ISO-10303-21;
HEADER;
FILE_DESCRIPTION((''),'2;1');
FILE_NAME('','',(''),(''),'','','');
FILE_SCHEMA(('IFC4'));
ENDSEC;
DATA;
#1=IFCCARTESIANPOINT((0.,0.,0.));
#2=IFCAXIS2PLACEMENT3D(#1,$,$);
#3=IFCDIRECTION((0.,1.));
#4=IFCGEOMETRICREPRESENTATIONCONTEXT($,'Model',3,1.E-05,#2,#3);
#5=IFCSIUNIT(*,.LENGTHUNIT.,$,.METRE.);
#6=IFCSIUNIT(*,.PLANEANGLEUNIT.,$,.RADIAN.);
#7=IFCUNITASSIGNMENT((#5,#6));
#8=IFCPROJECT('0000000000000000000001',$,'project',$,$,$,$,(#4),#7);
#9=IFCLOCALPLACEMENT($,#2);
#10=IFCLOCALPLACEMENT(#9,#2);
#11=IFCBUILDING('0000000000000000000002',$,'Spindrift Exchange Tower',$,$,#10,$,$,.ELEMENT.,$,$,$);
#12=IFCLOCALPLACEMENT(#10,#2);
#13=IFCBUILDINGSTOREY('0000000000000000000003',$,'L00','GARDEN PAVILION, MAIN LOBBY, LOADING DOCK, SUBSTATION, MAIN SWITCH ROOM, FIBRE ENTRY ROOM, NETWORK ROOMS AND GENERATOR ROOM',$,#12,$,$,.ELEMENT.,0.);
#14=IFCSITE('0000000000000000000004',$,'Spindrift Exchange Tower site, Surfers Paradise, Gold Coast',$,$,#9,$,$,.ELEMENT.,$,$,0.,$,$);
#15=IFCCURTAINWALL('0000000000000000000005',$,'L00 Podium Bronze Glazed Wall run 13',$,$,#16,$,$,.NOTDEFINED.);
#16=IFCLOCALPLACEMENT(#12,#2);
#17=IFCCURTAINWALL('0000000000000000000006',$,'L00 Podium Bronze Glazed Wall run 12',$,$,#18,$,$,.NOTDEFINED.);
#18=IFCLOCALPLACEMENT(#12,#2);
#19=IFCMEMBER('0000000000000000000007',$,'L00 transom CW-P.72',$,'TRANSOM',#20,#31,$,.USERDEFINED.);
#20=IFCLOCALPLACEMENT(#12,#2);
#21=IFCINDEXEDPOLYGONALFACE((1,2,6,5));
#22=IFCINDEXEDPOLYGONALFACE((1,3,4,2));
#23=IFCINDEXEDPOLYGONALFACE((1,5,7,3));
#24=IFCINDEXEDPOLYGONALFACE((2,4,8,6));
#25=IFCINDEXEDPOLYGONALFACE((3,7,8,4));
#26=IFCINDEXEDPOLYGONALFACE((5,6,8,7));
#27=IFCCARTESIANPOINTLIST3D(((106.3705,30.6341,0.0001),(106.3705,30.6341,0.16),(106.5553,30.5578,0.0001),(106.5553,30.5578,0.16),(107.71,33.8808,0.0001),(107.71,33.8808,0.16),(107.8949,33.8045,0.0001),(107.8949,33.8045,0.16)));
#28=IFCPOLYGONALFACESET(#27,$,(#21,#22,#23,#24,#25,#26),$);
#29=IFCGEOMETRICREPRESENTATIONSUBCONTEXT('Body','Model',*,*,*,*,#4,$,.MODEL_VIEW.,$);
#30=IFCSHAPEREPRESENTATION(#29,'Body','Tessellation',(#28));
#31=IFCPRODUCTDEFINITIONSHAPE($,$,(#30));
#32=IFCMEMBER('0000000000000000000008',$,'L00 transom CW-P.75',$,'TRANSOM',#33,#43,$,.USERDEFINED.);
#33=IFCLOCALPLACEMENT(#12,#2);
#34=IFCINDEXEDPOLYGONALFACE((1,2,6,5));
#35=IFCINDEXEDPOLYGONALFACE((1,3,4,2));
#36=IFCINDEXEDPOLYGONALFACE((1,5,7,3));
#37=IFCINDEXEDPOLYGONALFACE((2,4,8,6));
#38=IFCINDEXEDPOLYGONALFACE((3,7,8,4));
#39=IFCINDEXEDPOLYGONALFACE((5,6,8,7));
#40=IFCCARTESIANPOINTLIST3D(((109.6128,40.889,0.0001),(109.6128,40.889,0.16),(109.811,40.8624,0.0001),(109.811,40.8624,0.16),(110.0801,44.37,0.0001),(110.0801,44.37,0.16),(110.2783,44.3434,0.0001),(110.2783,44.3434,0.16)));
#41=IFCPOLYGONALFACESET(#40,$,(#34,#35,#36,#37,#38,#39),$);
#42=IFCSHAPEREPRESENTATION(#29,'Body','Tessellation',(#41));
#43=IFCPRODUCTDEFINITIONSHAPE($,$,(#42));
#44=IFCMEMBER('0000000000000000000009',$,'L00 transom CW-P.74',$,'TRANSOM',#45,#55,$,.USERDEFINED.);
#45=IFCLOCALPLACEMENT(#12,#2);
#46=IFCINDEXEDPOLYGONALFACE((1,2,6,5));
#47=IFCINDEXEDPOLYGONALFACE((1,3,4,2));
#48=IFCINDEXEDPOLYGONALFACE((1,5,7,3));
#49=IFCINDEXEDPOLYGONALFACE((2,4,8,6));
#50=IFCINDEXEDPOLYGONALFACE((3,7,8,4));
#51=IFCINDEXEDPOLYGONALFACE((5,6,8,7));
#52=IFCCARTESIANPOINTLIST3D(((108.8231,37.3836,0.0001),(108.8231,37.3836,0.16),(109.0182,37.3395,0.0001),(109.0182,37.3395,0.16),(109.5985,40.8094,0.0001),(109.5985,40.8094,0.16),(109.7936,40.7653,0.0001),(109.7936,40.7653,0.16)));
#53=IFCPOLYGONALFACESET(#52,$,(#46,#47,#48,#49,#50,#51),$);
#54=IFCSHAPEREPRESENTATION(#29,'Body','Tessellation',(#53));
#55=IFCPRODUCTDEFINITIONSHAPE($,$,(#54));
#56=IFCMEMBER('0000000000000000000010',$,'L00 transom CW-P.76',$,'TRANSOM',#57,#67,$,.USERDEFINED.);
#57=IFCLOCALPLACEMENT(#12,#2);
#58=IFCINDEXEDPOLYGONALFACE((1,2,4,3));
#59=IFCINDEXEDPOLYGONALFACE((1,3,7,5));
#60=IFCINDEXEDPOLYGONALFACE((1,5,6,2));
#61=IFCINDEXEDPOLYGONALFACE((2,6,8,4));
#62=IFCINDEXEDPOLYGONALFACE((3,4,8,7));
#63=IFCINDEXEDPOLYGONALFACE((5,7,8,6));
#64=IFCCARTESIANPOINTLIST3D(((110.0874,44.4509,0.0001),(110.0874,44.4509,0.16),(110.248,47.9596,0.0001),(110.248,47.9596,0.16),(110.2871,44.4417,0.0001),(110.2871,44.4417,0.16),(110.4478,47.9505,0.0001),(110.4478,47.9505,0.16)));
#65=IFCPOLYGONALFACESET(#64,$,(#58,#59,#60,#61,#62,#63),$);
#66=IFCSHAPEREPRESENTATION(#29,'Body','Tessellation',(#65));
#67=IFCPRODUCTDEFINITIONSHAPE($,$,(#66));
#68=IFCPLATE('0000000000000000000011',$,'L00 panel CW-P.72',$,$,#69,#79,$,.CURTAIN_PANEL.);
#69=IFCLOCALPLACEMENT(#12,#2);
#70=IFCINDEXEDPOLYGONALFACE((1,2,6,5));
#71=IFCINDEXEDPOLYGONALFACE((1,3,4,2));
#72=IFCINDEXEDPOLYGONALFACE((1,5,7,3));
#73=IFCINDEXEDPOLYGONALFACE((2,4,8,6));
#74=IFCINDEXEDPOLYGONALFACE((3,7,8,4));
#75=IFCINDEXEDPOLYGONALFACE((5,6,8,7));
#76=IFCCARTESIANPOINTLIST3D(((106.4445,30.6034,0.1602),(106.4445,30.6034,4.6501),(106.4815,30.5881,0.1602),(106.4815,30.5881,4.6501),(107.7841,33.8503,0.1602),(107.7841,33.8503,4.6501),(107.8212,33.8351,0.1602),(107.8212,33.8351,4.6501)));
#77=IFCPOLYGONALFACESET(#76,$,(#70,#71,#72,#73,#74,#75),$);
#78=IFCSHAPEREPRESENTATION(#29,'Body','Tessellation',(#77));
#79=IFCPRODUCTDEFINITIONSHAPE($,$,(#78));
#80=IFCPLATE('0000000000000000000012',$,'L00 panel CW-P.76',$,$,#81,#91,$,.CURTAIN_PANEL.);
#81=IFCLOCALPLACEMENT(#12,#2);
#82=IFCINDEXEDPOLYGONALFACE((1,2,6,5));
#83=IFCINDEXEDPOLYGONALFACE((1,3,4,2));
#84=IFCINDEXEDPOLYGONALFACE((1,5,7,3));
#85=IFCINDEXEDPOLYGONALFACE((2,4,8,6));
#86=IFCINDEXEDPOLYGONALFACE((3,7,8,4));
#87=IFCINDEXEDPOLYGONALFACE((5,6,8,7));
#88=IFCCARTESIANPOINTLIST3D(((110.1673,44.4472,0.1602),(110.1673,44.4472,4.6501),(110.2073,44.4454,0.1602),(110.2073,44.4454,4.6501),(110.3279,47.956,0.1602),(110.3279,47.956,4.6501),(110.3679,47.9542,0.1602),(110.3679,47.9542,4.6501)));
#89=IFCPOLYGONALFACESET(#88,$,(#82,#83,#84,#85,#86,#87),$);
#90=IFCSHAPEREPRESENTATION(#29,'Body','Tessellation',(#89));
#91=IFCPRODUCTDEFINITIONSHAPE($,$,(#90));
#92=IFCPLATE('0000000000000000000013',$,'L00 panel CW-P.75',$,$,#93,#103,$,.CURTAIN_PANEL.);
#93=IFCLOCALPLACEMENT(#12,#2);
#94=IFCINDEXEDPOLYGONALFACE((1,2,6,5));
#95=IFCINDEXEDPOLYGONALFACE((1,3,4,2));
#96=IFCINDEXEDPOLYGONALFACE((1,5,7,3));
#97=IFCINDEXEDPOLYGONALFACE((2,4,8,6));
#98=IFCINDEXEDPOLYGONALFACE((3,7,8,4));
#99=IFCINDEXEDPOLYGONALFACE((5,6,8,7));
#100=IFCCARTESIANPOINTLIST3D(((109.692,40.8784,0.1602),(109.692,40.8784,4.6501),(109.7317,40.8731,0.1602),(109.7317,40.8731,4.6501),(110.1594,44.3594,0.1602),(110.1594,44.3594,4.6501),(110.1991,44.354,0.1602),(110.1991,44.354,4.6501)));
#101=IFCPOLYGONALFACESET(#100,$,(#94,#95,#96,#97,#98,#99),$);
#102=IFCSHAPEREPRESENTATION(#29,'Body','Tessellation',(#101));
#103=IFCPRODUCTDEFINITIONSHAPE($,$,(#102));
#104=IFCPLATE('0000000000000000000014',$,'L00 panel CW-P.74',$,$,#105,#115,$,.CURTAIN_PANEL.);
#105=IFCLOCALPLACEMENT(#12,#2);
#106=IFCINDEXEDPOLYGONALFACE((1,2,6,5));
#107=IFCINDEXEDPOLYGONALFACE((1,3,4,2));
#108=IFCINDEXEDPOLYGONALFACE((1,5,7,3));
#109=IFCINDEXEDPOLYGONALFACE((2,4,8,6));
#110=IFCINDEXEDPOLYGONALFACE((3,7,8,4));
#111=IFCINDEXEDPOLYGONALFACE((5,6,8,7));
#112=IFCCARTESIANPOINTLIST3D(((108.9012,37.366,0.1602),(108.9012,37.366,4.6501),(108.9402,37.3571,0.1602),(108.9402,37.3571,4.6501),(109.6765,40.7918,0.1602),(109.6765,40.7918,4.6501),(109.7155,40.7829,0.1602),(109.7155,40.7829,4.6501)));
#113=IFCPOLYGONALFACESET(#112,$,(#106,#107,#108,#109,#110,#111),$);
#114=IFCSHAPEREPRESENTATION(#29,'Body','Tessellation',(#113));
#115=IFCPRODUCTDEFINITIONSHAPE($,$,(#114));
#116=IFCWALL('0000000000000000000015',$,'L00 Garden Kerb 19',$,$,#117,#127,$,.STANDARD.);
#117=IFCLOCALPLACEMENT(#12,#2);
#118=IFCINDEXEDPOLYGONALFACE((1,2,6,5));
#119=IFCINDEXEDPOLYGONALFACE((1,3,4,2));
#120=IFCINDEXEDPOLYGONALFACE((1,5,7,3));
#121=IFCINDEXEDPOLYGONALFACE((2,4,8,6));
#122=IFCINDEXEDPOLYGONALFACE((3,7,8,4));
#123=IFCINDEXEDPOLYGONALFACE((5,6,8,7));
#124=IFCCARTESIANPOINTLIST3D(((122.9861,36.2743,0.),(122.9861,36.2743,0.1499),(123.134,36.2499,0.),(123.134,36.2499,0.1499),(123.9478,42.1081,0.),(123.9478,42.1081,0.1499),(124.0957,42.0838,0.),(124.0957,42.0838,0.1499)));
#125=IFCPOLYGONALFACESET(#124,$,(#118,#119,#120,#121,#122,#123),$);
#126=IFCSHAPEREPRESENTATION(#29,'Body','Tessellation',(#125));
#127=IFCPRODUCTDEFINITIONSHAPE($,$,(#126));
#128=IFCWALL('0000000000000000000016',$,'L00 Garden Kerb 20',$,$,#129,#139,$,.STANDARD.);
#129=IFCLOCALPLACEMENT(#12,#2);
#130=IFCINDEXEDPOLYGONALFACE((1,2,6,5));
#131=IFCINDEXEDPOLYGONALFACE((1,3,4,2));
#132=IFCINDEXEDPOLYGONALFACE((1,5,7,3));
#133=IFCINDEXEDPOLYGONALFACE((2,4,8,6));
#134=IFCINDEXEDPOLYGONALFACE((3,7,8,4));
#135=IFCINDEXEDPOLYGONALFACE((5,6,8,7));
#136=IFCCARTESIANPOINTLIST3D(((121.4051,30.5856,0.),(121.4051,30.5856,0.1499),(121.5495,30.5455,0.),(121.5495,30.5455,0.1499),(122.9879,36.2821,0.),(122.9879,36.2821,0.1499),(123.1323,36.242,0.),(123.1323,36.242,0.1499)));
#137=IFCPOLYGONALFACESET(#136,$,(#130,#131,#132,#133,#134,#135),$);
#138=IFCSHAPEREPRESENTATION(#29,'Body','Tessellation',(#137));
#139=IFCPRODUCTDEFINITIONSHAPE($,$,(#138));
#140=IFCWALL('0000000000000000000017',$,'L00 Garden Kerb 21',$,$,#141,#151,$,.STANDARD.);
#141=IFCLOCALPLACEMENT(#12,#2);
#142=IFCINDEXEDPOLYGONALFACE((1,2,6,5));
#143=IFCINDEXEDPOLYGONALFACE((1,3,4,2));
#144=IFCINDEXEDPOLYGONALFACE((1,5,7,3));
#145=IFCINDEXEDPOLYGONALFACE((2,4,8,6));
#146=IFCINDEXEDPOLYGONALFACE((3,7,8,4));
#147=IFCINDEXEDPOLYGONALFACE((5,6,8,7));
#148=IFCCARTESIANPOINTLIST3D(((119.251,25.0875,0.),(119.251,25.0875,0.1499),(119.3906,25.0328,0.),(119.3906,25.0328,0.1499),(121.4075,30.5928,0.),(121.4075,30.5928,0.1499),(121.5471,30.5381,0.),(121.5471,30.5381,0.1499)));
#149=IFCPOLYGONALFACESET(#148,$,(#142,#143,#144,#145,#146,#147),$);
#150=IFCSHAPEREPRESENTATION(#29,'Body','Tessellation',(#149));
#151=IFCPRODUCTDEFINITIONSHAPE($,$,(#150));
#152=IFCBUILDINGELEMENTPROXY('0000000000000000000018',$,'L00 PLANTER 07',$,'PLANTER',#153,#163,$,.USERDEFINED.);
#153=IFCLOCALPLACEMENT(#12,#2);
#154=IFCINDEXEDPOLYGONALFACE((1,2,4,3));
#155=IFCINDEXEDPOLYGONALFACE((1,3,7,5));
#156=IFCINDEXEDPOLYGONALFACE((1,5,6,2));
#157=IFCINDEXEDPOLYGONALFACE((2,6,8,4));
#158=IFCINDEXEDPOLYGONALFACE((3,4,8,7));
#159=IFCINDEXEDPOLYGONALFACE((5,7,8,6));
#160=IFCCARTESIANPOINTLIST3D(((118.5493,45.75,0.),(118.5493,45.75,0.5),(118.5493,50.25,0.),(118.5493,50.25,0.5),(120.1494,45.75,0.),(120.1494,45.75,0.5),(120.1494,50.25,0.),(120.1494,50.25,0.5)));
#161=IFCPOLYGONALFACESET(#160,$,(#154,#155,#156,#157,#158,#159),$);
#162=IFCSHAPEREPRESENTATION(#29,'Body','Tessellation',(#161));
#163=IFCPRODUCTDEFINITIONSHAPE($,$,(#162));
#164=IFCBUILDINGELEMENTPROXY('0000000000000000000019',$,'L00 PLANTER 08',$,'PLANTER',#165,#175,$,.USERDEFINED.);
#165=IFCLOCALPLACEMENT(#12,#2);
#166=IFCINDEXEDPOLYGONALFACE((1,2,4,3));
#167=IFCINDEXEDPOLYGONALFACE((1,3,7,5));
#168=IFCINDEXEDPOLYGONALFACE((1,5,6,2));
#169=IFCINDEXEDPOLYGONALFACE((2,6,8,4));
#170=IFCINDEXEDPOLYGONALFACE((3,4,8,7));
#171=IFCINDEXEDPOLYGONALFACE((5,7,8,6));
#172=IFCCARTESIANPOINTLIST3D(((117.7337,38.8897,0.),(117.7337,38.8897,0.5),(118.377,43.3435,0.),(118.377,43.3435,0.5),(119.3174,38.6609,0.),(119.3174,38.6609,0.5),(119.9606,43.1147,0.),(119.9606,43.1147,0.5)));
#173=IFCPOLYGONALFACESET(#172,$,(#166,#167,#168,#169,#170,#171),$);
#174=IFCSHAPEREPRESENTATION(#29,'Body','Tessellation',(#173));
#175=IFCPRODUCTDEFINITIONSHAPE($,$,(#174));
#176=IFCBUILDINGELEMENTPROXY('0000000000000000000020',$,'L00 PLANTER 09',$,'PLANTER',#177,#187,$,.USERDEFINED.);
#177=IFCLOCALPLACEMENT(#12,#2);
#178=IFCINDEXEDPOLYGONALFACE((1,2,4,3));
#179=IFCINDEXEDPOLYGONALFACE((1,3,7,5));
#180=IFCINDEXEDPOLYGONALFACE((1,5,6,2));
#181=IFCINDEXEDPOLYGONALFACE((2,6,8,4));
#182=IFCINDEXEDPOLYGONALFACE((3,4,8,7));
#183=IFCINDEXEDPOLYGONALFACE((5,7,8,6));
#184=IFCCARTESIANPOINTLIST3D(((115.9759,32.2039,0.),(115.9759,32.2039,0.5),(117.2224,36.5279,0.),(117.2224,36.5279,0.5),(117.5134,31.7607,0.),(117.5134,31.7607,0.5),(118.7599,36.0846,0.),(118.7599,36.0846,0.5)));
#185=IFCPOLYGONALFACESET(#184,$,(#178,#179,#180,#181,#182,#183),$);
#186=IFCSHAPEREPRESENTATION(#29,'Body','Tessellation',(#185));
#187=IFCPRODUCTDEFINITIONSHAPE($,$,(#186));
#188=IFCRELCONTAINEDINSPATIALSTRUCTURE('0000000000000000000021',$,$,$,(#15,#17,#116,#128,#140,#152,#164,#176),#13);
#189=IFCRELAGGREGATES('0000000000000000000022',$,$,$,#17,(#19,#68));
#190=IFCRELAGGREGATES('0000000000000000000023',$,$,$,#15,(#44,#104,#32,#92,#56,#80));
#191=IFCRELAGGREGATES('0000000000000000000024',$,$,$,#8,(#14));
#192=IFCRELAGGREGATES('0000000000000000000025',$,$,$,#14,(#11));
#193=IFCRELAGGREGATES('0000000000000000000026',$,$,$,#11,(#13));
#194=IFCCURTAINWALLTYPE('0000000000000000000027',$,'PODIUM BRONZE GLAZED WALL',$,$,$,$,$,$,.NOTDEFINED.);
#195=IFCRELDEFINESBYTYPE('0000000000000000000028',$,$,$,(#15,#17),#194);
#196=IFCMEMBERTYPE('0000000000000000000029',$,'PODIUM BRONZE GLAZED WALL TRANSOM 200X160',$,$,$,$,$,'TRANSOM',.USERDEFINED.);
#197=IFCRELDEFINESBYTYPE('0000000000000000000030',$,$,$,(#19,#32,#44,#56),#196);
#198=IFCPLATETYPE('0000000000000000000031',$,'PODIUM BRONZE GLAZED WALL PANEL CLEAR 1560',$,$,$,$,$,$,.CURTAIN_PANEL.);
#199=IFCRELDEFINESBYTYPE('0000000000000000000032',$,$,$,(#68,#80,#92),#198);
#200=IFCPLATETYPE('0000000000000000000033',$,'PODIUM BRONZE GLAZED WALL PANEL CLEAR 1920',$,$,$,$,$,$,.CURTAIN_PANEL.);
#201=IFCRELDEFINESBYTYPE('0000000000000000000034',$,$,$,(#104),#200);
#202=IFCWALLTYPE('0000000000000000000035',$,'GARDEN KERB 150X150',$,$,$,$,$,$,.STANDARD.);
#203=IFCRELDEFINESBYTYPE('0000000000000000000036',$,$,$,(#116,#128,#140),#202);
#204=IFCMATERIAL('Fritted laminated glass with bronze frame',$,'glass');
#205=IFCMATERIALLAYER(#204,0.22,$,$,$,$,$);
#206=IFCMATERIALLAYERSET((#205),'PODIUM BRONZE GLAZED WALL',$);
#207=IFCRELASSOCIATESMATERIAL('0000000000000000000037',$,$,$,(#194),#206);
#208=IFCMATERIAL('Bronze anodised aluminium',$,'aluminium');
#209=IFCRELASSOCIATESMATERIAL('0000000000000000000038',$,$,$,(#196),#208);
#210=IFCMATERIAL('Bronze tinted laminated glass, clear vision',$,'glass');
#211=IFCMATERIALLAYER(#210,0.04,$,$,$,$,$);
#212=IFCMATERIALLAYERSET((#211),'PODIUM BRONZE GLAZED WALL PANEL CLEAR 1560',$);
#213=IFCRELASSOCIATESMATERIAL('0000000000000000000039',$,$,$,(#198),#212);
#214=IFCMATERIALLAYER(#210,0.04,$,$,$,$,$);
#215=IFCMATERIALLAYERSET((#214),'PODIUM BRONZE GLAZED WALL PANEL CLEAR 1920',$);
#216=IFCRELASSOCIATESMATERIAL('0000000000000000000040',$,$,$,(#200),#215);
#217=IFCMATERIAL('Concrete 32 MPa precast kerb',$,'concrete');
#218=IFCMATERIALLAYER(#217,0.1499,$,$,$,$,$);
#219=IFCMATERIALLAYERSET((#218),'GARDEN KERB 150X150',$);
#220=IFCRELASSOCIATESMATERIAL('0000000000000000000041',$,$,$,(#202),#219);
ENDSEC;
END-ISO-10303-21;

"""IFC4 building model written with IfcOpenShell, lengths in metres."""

from ifc_helpers import new_model, si_unit, direction, frame, frame_2d, origin, origin_2d, place, context, subcontext, project, spatial, rectangle, extrude, source, transform, mapped, material, layer, layer_set, material_profile, profile_set, type_object, element, aggregate, save


model = new_model("IFC4")

# Units and contexts
model_context = context("Model", 3, precision=1e-05, world=origin(), true_north=direction((0.0, 1.0)))
body_context = subcontext(model_context, "Body", "Model", "MODEL_VIEW")
ifc_project = project(units=[si_unit("LENGTHUNIT", "METRE"), si_unit("PLANEANGLEUNIT", "RADIAN")], contexts=[model_context])

# Site, building, storey
site_placement = place(None, origin())
site = spatial("IfcSite", under=ifc_project, at=site_placement, Name="Spindrift Exchange Tower site, Surfers Paradise, Gold Coast", CompositionType="ELEMENT", RefElevation=0.0)
building_placement = place(site_placement, origin())
building = spatial("IfcBuilding", under=site, at=building_placement, Name="Spindrift Exchange Tower", CompositionType="ELEMENT")
storey_placement = place(building_placement, origin())
storey = spatial("IfcBuildingStorey", under=building, at=storey_placement, Name="L00", Description="GARDEN PAVILION, MAIN LOBBY, LOADING DOCK, SUBSTATION, MAIN SWITCH ROOM, FIBRE ENTRY ROOM, NETWORK ROOMS AND GENERATOR ROOM", CompositionType="ELEMENT", Elevation=0.0)

# Shared definitions
ifc_material_1 = material(Name="Fritted laminated glass with bronze frame", Category="glass")
ifc_layer_1 = layer(ifc_material_1, 0.22)
ifc_layer_set_1 = layer_set([ifc_layer_1], Name="PODIUM BRONZE GLAZED WALL")
curtain_wall_type = type_object("IfcCurtainWallType", Name="PODIUM BRONZE GLAZED WALL", PredefinedType="NOTDEFINED", material=ifc_layer_set_1)
ifc_material_2 = material(Name="Bronze anodised aluminium", Category="aluminium")

# Curtain wall
curtain_wall_1_placement = place(storey_placement, origin())
curtain_wall_1 = element("IfcCurtainWall", 1, at=curtain_wall_1_placement, inside=storey, type_object=curtain_wall_type, Name="L00 Podium Bronze Glazed Wall run 13", PredefinedType="NOTDEFINED")

# Curtain wall, member
curtain_wall_2_placement = place(storey_placement, origin())
curtain_wall_2 = element("IfcCurtainWall", 2, at=curtain_wall_2_placement, inside=storey, type_object=curtain_wall_type, Name="L00 Podium Bronze Glazed Wall run 12", PredefinedType="NOTDEFINED")
ifc_material_profile_1 = material_profile(ifc_material_2, rectangle(XDim=0.2, YDim=0.1599, at=origin_2d()), Name="PODIUM BRONZE GLAZED WALL TRANSOM 200X160")
ifc_profile_set_1 = profile_set([ifc_material_profile_1], Name="Bronze anodised aluminium")
member_type_1 = type_object("IfcMemberType", Name="PODIUM BRONZE GLAZED WALL TRANSOM 200X160", ElementType="TRANSOM", PredefinedType="USERDEFINED", material=ifc_profile_set_1)
shared_shape_1 = source(origin(), body_context, "Body", "SweptSolid", [
    extrude(rectangle(XDim=0.2, YDim=0.1599, at=origin_2d()), origin(), (0.0, 0.0, 1.0), 3.5122),
])
member_1_placement = place(storey_placement, frame((106.4629, 30.5959, 0.0801), z_axis=(0.3814, 0.92441, 0.0), x_axis=(-0.92441, 0.3814, 0.0)))
member_1 = element("IfcMember", 3, at=member_1_placement, type_object=member_type_1, Name="L00 transom CW-P.72", ObjectType="TRANSOM", PredefinedType="USERDEFINED", context=body_context, shape_type="MappedRepresentation", body=[
    mapped(shared_shape_1, transform((0.0, 0.0, 0.0), scale=1.0)),
])

# Members
member_2_placement = place(storey_placement, frame((109.7119, 40.8757, 0.0801), z_axis=(0.133047, 0.99111, 0.0), x_axis=(-0.99111, 0.133047, 0.0)))
member_2 = element("IfcMember", 4, at=member_2_placement, type_object=member_type_1, Name="L00 transom CW-P.75", ObjectType="TRANSOM", PredefinedType="USERDEFINED", context=body_context, shape_type="MappedRepresentation", body=[
    mapped(shared_shape_1, transform((0.0, 0.0, 0.0), scale=1.0)),
])
shared_shape_2 = source(origin(), body_context, "Body", "SweptSolid", [
    extrude(rectangle(XDim=0.2, YDim=0.1599, at=origin_2d()), origin(), (0.0, 0.0, 1.0), 3.5125),
])
member_3_placement = place(storey_placement, frame((108.9207, 37.3616, 0.0801), z_axis=(0.220756, 0.975329, 0.0), x_axis=(-0.975329, 0.220756, 0.0)))
member_3 = element("IfcMember", 5, at=member_3_placement, type_object=member_type_1, Name="L00 transom CW-P.74", ObjectType="TRANSOM", PredefinedType="USERDEFINED", context=body_context, shape_type="MappedRepresentation", body=[
    mapped(shared_shape_2, transform((0.0, 0.0, 0.0), scale=1.0)),
])
member_4_placement = place(storey_placement, frame((110.1873, 44.4463, 0.0801), z_axis=(0.045736, 0.998954, 0.0), x_axis=(-0.998954, 0.045736, 0.0)))
member_4 = element("IfcMember", 6, at=member_4_placement, type_object=member_type_1, Name="L00 transom CW-P.76", ObjectType="TRANSOM", PredefinedType="USERDEFINED", context=body_context, shape_type="MappedRepresentation", body=[
    mapped(shared_shape_2, transform((0.0, 0.0, 0.0), scale=1.0)),
])

# Plates
ifc_material_3 = material(Name="Bronze tinted laminated glass, clear vision", Category="glass")
ifc_layer_2 = layer(ifc_material_3, 0.04)
ifc_layer_set_2 = layer_set([ifc_layer_2], Name="PODIUM BRONZE GLAZED WALL PANEL CLEAR 1560")
plate_type_1 = type_object("IfcPlateType", Name="PODIUM BRONZE GLAZED WALL PANEL CLEAR 1560", PredefinedType="CURTAIN_PANEL", material=ifc_layer_set_2)
shared_shape_3 = source(origin(), body_context, "Body", "SweptSolid", [
    extrude(rectangle(XDim=3.5125, YDim=0.04, at=origin_2d()), origin(), (0.0, 0.0, 1.0), 4.49),
])
plate_1_placement = place(storey_placement, frame((107.1328, 32.2192, 0.1602), z_axis=(0.0, 0.0, 1.0), x_axis=(0.381411, 0.924406, 0.0)))
plate_1 = element("IfcPlate", 7, at=plate_1_placement, type_object=plate_type_1, Name="L00 panel CW-P.72", PredefinedType="CURTAIN_PANEL", context=body_context, shape_type="MappedRepresentation", body=[
    mapped(shared_shape_3, transform((0.0, 0.0, 0.0), scale=1.0)),
])
aggregate(curtain_wall_2, [member_1, plate_1])
plate_2_placement = place(storey_placement, frame((110.2676, 46.2007, 0.1602), z_axis=(0.0, 0.0, 1.0), x_axis=(0.04572, 0.998954, 0.0)))
plate_2 = element("IfcPlate", 8, at=plate_2_placement, type_object=plate_type_1, Name="L00 panel CW-P.76", PredefinedType="CURTAIN_PANEL", context=body_context, shape_type="MappedRepresentation", body=[
    mapped(shared_shape_3, transform((0.0, 0.0, 0.0), scale=1.0)),
])
shared_shape_4 = source(origin(), body_context, "Body", "SweptSolid", [
    extrude(rectangle(XDim=3.5122, YDim=0.04, at=origin_2d()), origin(), (0.0, 0.0, 1.0), 4.49),
])
plate_3_placement = place(storey_placement, frame((109.9456, 42.6162, 0.1602), z_axis=(0.0, 0.0, 1.0), x_axis=(0.133083, 0.991105, 0.0)))
plate_3 = element("IfcPlate", 9, at=plate_3_placement, type_object=plate_type_1, Name="L00 panel CW-P.75", PredefinedType="CURTAIN_PANEL", context=body_context, shape_type="MappedRepresentation", body=[
    mapped(shared_shape_4, transform((0.0, 0.0, 0.0), scale=1.0)),
])
ifc_layer_3 = layer(ifc_material_3, 0.04)
ifc_layer_set_3 = layer_set([ifc_layer_3], Name="PODIUM BRONZE GLAZED WALL PANEL CLEAR 1920")
plate_type_2 = type_object("IfcPlateType", Name="PODIUM BRONZE GLAZED WALL PANEL CLEAR 1920", PredefinedType="CURTAIN_PANEL", material=ifc_layer_set_3)
shared_shape_5 = source(origin(), body_context, "Body", "SweptSolid", [
    extrude(rectangle(XDim=3.5125, YDim=0.04, at=origin_2d()), origin(), (0.0, 0.0, 1.0), 4.49),
])
plate_4_placement = place(storey_placement, frame((109.3083, 39.0745, 0.1602), z_axis=(0.0, 0.0, 1.0), x_axis=(0.220738, 0.975333, 0.0)))
plate_4 = element("IfcPlate", 10, at=plate_4_placement, type_object=plate_type_2, Name="L00 panel CW-P.74", PredefinedType="CURTAIN_PANEL", context=body_context, shape_type="MappedRepresentation", body=[
    mapped(shared_shape_5, transform((0.0, 0.0, 0.0), scale=1.0)),
])
aggregate(curtain_wall_1, [member_3, plate_4, member_2, plate_3, member_4, plate_2])

# Walls
ifc_material_4 = material(Name="Concrete 32 MPa precast kerb", Category="concrete")
ifc_layer_4 = layer(ifc_material_4, 0.1499)
ifc_layer_set_4 = layer_set([ifc_layer_4], Name="GARDEN KERB 150X150")
wall_type_1 = type_object("IfcWallType", Name="GARDEN KERB 150X150", PredefinedType="STANDARD", material=ifc_layer_set_4)
wall_1_placement = place(storey_placement, frame((124.0217, 42.0959, 0.0), z_axis=(0.0, 0.0, 1.0), x_axis=(-0.162644, -0.986685, 0.0)))
element("IfcWall", 11, at=wall_1_placement, inside=storey, type_object=wall_type_1, Name="L00 Garden Kerb 19", PredefinedType="STANDARD", context=body_context, shape_type="SweptSolid", body=[
    extrude(rectangle(XDim=5.9126, YDim=0.1499, at=frame_2d((2.9563, 0.0))), origin(), (0.0, 0.0, 1.0), 0.1499),
])
wall_2_placement = place(storey_placement, frame((123.0601, 36.262, 0.0), z_axis=(0.0, 0.0, 1.0), x_axis=(-0.267706, -0.963501, 0.0)))
element("IfcWall", 12, at=wall_2_placement, inside=storey, type_object=wall_type_1, Name="L00 Garden Kerb 20", PredefinedType="STANDARD", context=body_context, shape_type="SweptSolid", body=[
    extrude(rectangle(XDim=5.9124, YDim=0.1499, at=frame_2d((2.9561, 0.0))), origin(), (0.0, 0.0, 1.0), 0.1499),
])
wall_3_placement = place(storey_placement, frame((121.4773, 30.5654, 0.0), z_axis=(0.0, 0.0, 1.0), x_axis=(-0.364725, -0.931115, 0.0)))
element("IfcWall", 13, at=wall_3_placement, inside=storey, type_object=wall_type_1, Name="L00 Garden Kerb 21", PredefinedType="STANDARD", context=body_context, shape_type="SweptSolid", body=[
    extrude(rectangle(XDim=5.9126, YDim=0.1499, at=frame_2d((2.9563, 0.0))), origin(), (0.0, 0.0, 1.0), 0.1499),
])

# Building element proxies
shared_shape_6 = source(origin(), body_context, "Body", "SweptSolid", [
    extrude(rectangle(XDim=4.5, YDim=1.6001, at=origin_2d()), origin(), (0.0, 0.0, 1.0), 0.5),
])
for number, where, z_axis, x_axis, name in (
    (14, (119.3494, 48.0, 0.0), (0.0, 0.0, 1.0), (0.0, -1.0, 0.0), "L00 PLANTER 07"),
    (15, (118.8472, 41.0022, 0.0), (0.0, 0.0, 1.0), (-0.142954, -0.989729, 0.0), "L00 PLANTER 08"),
    (16, (117.3679, 34.1443, 0.0), (0.0, 0.0, 1.0), (-0.276998, -0.960871, 0.0), "L00 PLANTER 09"),
):
    element("IfcBuildingElementProxy", number, at=place(storey_placement, frame(where, z_axis=z_axis, x_axis=x_axis)), inside=storey, Name=name, ObjectType="PLANTER", PredefinedType="USERDEFINED", context=body_context, shape_type="MappedRepresentation", body=[
        mapped(shared_shape_6, transform((0.0, 0.0, 0.0), scale=1.0)),
    ])

save(model, "model.ifc")
